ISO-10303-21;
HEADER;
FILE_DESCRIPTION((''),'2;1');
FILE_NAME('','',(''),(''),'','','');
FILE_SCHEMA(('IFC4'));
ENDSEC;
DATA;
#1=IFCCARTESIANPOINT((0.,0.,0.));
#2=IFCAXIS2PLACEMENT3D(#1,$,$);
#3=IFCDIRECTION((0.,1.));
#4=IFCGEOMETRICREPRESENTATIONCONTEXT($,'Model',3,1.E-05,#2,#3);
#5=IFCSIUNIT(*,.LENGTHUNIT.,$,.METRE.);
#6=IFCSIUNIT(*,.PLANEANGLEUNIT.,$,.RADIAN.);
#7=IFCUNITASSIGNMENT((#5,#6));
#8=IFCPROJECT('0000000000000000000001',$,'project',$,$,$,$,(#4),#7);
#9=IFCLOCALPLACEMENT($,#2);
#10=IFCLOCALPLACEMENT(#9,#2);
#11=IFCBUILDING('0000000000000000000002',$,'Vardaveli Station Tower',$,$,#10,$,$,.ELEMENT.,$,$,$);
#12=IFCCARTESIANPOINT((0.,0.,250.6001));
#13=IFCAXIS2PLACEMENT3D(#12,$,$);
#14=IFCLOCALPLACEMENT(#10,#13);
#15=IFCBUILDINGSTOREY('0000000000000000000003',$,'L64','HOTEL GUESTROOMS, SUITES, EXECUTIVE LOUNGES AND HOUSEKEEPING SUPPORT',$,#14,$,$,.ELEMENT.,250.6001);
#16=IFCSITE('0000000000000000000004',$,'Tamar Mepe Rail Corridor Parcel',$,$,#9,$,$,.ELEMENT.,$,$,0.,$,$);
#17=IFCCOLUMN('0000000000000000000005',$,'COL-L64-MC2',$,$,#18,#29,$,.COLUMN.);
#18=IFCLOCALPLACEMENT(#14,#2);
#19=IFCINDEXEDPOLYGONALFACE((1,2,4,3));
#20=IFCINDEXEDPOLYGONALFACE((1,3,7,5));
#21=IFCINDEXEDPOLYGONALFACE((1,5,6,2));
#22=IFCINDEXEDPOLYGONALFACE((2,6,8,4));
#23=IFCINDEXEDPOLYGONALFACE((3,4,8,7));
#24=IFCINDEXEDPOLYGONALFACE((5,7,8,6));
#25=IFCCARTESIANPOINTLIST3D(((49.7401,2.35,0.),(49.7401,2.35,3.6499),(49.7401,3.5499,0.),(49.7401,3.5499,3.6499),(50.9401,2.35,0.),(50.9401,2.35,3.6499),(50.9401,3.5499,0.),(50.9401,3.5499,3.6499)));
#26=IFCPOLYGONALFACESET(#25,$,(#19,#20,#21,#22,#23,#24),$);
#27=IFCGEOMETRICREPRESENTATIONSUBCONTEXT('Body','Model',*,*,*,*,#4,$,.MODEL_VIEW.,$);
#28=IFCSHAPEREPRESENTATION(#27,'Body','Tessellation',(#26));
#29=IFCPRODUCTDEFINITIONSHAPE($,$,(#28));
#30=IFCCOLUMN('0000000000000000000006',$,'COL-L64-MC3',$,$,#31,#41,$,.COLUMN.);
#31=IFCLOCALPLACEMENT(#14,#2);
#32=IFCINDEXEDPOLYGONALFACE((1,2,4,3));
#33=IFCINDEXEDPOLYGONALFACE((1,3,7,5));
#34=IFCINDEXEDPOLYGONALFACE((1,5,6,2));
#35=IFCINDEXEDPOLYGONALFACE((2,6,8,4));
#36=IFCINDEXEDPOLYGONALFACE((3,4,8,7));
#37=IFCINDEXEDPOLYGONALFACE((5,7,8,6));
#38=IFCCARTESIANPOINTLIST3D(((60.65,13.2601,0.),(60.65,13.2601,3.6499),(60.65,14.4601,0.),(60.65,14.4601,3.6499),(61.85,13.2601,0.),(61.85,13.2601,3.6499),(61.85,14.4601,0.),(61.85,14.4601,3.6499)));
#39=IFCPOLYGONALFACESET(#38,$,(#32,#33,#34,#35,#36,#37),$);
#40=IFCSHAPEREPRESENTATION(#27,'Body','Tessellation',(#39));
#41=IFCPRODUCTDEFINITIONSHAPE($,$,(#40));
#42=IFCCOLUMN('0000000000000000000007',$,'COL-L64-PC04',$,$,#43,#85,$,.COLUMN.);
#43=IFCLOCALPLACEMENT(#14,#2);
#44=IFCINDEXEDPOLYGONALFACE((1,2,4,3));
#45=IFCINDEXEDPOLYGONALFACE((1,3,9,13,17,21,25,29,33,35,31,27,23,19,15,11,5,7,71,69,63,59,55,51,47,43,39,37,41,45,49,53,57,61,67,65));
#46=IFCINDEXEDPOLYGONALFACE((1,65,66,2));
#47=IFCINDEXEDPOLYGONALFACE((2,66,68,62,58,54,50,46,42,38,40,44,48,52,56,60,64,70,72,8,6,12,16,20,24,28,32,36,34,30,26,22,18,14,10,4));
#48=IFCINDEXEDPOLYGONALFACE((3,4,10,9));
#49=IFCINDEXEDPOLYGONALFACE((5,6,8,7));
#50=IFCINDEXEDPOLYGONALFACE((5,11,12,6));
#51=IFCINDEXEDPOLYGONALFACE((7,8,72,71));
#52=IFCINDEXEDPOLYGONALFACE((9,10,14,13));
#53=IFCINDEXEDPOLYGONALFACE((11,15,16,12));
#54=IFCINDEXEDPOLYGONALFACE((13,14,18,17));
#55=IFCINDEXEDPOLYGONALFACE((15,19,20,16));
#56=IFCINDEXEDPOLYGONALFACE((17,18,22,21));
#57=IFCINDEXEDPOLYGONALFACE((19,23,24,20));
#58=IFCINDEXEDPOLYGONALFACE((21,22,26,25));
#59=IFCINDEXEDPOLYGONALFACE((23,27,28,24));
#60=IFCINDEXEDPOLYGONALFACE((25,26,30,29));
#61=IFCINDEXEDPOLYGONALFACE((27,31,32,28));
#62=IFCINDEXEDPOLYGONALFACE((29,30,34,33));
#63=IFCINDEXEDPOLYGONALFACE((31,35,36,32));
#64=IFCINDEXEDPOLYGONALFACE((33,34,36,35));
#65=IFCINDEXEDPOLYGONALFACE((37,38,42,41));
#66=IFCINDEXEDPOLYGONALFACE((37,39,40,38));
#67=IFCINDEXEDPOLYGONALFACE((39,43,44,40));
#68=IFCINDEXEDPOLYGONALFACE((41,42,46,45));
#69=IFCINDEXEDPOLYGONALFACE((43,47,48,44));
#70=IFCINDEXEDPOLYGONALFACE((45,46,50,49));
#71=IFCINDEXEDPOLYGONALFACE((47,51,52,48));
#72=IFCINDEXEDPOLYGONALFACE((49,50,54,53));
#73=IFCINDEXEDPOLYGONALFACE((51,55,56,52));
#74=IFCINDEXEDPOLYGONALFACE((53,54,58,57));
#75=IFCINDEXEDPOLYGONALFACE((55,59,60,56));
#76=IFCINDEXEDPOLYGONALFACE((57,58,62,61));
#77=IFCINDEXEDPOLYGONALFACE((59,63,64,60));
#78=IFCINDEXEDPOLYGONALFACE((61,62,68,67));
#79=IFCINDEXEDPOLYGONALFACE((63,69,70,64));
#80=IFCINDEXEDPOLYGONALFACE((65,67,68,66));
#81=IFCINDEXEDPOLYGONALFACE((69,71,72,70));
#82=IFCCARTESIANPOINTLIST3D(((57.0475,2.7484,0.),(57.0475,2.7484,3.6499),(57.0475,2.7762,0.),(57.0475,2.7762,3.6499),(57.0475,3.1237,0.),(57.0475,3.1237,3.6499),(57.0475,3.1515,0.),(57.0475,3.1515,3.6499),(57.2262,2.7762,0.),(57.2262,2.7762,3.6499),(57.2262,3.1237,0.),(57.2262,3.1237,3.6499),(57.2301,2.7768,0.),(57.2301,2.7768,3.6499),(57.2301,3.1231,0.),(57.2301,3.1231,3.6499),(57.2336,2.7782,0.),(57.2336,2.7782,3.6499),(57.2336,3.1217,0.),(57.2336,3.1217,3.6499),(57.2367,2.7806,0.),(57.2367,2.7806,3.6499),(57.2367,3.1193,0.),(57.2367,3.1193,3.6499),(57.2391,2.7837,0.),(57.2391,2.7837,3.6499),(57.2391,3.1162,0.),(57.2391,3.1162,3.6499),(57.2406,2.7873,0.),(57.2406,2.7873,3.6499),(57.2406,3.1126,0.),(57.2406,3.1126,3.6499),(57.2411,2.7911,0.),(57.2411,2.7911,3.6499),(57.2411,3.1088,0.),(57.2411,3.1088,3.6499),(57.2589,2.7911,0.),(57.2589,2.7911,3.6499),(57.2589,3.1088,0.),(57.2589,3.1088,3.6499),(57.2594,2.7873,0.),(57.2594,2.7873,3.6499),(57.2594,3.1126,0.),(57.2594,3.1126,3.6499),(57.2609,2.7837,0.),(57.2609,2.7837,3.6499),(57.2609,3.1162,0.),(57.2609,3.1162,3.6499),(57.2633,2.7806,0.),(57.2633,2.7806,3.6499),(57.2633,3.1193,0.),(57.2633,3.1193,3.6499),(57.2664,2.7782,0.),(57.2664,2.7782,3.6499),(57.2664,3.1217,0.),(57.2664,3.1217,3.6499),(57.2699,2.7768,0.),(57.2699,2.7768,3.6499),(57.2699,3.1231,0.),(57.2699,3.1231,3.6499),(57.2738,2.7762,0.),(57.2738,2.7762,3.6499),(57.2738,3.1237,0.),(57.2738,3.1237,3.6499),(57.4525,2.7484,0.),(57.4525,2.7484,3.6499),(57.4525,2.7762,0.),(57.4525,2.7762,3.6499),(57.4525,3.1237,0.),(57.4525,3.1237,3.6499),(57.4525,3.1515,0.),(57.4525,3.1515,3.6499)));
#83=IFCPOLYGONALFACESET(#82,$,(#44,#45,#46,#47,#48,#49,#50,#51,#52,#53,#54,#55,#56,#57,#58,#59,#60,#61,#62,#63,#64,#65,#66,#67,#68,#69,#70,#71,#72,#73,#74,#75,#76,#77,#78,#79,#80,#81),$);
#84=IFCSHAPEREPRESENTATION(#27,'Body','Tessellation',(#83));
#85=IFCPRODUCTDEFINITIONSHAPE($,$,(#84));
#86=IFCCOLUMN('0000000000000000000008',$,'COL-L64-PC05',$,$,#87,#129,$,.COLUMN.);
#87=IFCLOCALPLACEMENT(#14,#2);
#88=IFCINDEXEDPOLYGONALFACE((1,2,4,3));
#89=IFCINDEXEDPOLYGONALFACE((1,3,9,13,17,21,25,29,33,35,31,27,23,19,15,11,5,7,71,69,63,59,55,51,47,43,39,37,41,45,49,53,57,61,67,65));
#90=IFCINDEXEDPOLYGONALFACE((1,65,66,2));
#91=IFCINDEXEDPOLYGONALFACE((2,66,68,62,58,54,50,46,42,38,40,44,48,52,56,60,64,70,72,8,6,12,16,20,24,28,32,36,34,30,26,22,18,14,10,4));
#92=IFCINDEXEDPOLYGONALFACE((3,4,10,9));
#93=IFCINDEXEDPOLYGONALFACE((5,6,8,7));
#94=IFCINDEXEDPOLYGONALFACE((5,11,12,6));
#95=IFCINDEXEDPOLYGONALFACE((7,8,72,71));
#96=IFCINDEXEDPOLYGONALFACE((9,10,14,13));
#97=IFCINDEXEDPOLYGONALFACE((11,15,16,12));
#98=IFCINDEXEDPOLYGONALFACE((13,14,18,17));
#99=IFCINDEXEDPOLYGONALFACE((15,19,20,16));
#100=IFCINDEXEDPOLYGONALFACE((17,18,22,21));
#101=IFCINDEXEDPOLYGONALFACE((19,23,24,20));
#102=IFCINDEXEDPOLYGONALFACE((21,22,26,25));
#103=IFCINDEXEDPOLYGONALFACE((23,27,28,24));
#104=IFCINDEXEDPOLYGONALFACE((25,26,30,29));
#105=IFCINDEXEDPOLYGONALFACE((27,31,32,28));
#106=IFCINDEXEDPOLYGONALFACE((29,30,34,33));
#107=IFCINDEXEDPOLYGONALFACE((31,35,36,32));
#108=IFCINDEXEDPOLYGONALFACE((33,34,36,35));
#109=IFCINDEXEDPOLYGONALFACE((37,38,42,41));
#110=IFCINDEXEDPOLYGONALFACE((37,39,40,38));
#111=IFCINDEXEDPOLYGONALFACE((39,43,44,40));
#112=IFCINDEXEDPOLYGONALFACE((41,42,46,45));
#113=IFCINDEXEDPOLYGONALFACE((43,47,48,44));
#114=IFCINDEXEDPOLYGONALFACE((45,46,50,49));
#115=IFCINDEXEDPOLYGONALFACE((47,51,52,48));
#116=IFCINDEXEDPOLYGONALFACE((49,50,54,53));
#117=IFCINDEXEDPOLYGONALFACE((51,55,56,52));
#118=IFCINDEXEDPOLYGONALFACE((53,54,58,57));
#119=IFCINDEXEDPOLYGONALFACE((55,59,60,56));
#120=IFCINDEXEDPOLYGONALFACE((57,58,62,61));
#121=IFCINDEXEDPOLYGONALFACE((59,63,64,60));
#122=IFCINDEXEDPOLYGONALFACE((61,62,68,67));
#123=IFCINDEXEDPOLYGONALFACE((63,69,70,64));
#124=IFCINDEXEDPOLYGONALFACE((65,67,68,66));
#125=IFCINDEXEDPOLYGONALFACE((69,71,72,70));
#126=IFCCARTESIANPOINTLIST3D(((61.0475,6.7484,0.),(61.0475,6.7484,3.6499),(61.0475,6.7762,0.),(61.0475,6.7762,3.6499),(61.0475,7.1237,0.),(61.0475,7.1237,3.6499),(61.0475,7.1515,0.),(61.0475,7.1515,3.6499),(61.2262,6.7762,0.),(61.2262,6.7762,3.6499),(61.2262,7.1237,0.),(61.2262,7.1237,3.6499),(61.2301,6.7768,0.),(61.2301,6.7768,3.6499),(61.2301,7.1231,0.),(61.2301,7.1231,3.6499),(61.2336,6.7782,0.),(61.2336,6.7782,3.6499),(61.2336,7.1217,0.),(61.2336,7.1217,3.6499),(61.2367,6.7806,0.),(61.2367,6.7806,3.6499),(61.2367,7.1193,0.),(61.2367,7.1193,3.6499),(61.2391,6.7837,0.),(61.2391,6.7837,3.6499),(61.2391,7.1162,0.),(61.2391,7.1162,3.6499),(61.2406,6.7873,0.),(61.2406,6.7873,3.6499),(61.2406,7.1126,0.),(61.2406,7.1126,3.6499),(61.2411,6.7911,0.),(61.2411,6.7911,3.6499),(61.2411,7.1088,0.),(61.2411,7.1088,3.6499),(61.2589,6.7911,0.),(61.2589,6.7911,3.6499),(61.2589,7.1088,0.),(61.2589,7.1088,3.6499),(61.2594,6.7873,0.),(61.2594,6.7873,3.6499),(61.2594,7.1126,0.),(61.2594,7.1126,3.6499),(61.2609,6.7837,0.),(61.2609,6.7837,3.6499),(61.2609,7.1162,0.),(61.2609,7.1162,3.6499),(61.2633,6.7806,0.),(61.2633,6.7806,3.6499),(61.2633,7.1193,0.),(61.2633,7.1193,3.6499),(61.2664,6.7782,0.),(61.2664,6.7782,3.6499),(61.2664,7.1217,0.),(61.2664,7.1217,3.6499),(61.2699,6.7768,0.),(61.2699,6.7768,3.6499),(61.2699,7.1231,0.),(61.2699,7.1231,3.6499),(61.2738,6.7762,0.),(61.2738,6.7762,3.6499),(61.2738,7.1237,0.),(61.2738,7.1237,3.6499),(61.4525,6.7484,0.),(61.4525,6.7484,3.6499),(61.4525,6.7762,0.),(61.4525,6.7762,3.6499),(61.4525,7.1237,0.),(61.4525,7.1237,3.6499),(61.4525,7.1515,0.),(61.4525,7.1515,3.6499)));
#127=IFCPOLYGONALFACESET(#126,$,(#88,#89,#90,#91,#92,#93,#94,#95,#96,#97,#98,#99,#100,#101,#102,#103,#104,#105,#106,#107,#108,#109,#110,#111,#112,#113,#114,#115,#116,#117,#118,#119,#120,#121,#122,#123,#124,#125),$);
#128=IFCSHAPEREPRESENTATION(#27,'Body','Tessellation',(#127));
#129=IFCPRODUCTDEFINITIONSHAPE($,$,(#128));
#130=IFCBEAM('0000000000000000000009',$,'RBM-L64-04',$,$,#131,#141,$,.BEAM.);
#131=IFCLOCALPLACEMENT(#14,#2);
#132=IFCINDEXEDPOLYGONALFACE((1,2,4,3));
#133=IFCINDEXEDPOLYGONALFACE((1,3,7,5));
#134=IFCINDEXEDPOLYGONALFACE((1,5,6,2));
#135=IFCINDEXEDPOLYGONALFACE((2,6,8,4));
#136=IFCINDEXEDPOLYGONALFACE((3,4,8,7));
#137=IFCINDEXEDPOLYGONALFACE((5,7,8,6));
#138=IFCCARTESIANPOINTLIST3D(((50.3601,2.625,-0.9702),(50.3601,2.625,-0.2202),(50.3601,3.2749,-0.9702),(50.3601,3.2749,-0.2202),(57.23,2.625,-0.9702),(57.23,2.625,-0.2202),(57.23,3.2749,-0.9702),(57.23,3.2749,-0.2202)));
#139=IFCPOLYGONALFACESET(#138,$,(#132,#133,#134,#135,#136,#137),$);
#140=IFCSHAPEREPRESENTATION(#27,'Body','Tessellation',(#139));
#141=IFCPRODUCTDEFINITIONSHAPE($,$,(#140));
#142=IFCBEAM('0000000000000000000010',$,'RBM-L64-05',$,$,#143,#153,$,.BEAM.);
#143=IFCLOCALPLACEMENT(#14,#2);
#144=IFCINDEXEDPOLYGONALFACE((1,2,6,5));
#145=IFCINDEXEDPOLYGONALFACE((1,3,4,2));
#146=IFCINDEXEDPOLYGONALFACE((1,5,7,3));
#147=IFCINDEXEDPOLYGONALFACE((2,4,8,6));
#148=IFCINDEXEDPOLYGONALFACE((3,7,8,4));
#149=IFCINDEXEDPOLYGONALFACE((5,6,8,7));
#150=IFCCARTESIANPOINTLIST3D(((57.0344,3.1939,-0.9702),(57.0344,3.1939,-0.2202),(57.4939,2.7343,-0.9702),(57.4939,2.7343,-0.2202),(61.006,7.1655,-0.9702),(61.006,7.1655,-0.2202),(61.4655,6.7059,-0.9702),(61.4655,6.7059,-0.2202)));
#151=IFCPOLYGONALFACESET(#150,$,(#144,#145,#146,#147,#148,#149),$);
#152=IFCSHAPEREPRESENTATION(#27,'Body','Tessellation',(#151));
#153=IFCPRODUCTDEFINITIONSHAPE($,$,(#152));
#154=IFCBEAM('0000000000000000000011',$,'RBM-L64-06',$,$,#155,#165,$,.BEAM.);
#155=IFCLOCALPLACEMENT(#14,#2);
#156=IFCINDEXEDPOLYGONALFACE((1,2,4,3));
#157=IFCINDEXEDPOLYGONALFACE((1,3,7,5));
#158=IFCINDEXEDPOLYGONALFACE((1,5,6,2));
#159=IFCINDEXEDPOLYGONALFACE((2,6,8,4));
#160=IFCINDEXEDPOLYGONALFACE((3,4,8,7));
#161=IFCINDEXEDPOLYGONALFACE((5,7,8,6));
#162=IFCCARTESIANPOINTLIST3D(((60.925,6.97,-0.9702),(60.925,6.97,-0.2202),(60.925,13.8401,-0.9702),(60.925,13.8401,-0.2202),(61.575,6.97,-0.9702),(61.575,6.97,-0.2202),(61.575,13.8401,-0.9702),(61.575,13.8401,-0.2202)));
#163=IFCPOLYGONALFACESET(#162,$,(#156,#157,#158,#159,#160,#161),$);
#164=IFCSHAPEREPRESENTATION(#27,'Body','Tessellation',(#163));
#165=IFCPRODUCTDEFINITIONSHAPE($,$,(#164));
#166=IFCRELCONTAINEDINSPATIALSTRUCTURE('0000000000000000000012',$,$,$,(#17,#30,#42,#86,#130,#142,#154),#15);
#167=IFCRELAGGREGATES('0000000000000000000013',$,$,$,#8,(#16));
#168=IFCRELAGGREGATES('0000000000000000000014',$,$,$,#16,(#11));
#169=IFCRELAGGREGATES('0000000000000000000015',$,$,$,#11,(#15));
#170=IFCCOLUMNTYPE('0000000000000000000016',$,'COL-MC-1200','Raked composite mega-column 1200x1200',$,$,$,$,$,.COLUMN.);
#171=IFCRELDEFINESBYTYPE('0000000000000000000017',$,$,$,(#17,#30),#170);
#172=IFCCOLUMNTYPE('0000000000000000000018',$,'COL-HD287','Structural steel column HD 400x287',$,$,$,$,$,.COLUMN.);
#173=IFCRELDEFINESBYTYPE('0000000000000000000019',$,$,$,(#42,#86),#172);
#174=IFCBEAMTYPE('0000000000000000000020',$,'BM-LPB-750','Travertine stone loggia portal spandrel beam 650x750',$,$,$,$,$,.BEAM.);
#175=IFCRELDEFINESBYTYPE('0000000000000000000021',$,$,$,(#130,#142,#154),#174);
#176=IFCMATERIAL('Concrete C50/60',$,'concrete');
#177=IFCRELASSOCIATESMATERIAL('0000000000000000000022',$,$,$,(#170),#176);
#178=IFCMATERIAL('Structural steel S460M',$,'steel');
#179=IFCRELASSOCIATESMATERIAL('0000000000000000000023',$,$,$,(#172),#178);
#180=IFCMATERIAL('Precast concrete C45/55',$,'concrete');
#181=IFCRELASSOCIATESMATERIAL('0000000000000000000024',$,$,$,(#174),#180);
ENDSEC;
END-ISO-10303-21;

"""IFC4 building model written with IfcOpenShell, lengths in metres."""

from ifc_helpers import new_model, si_unit, direction, frame, origin, origin_2d, place, context, subcontext, project, spatial, rectangle, i_section, extrude, source, transform, mapped, material, material_profile, profile_set, type_object, element, save


model = new_model("IFC4")

# Units and contexts
model_context = context("Model", 3, precision=1e-05, world=origin(), true_north=direction((0.0, 1.0)))
body_context = subcontext(model_context, "Body", "Model", "MODEL_VIEW")
ifc_project = project(units=[si_unit("LENGTHUNIT", "METRE"), si_unit("PLANEANGLEUNIT", "RADIAN")], contexts=[model_context])

# Site, building, storey
site_placement = place(None, origin())
site = spatial("IfcSite", under=ifc_project, at=site_placement, Name="Tamar Mepe Rail Corridor Parcel", CompositionType="ELEMENT", RefElevation=0.0)
building_placement = place(site_placement, origin())
building = spatial("IfcBuilding", under=site, at=building_placement, Name="Vardaveli Station Tower", CompositionType="ELEMENT")
storey_placement = place(building_placement, frame((0.0, 0.0, 250.6001)))
storey = spatial("IfcBuildingStorey", under=building, at=storey_placement, Name="L64", Description="HOTEL GUESTROOMS, SUITES, EXECUTIVE LOUNGES AND HOUSEKEEPING SUPPORT", CompositionType="ELEMENT", Elevation=250.6001)

# Columns
ifc_material_1 = material(Name="Concrete C50/60", Category="concrete")
ifc_material_profile_1 = material_profile(ifc_material_1, rectangle(XDim=1.2, YDim=1.2, at=origin_2d()), Name="MC 1200x1200")
ifc_profile_set_1 = profile_set([ifc_material_profile_1], Name="Concrete C50/60")
column_type_1 = type_object("IfcColumnType", Name="COL-MC-1200", Description="Raked composite mega-column 1200x1200", PredefinedType="COLUMN", material=ifc_profile_set_1)
shared_shape_1 = source(origin(), body_context, "Body", "SweptSolid", [
    extrude(rectangle(XDim=1.2, YDim=1.2, at=origin_2d()), origin(), (0.0, 0.0, 1.0), 3.6499),
])
for number, where, z_axis, x_axis, name in (
    (1, (50.3401, 2.95, 0.0), (0.0, 0.0, 1.0), (1.0, 0.0, 0.0), "COL-L64-MC2"),
    (2, (61.25, 13.8601, 0.0), (0.0, 0.0, 1.0), (1.0, 0.0, 0.0), "COL-L64-MC3"),
):
    element("IfcColumn", number, at=place(storey_placement, frame(where, z_axis=z_axis, x_axis=x_axis)), inside=storey, type_object=column_type_1, Name=name, PredefinedType="COLUMN", context=body_context, shape_type="MappedRepresentation", body=[
        mapped(shared_shape_1, transform((0.0, 0.0, 0.0), scale=1.0)),
    ])
ifc_material_2 = material(Name="Structural steel S460M", Category="steel")
ifc_material_profile_2 = material_profile(ifc_material_2, i_section(OverallWidth=0.405, OverallDepth=0.4031, WebThickness=0.0178, FlangeThickness=0.0278, FilletRadius=0.0149, at=origin_2d()), Name="HD 400x287")
ifc_profile_set_2 = profile_set([ifc_material_profile_2], Name="Structural steel S460M")
column_type_2 = type_object("IfcColumnType", Name="COL-HD287", Description="Structural steel column HD 400x287", PredefinedType="COLUMN", material=ifc_profile_set_2)
shared_shape_2 = source(origin(), body_context, "Body", "SweptSolid", [
    extrude(i_section(OverallWidth=0.405, OverallDepth=0.4031, WebThickness=0.0178, FlangeThickness=0.0278, FilletRadius=0.0149, at=origin_2d()), origin(), (0.0, 0.0, 1.0), 3.6499),
])
for number, where, z_axis, x_axis, name in (
    (3, (57.25, 2.95, 0.0), (0.0, 0.0, 1.0), (1.0, 0.0, 0.0), "COL-L64-PC04"),
    (4, (61.25, 6.95, 0.0), (0.0, 0.0, 1.0), (1.0, 0.0, 0.0), "COL-L64-PC05"),
):
    element("IfcColumn", number, at=place(storey_placement, frame(where, z_axis=z_axis, x_axis=x_axis)), inside=storey, type_object=column_type_2, Name=name, PredefinedType="COLUMN", context=body_context, shape_type="MappedRepresentation", body=[
        mapped(shared_shape_2, transform((0.0, 0.0, 0.0), scale=1.0)),
    ])

# Beams
ifc_material_3 = material(Name="Precast concrete C45/55", Category="concrete")
ifc_material_profile_3 = material_profile(ifc_material_3, rectangle(XDim=0.6499, YDim=0.75, at=origin_2d()), Name="LPB 650x750")
ifc_profile_set_3 = profile_set([ifc_material_profile_3], Name="Precast concrete C45/55")
beam_type_1 = type_object("IfcBeamType", Name="BM-LPB-750", Description="Travertine stone loggia portal spandrel beam 650x750", PredefinedType="BEAM", material=ifc_profile_set_3)
shared_shape_3 = source(origin(), body_context, "Body", "SweptSolid", [
    extrude(rectangle(XDim=0.6499, YDim=0.75, at=origin_2d()), origin(), (0.0, 0.0, 1.0), 6.8699),
])
beam_1_placement = place(storey_placement, frame((50.3601, 2.95, -0.5952), z_axis=(1.0, 0.0, 0.0), x_axis=(0.0, 1.0, 0.0)))
element("IfcBeam", 5, at=beam_1_placement, inside=storey, type_object=beam_type_1, Name="RBM-L64-04", PredefinedType="BEAM", context=body_context, shape_type="MappedRepresentation", body=[
    mapped(shared_shape_3, transform((0.0, 0.0, 0.0), scale=1.0)),
])
shared_shape_4 = source(origin(), body_context, "Body", "SweptSolid", [
    extrude(rectangle(XDim=0.6499, YDim=0.75, at=origin_2d()), origin(), (0.0, 0.0, 1.0), 5.6167),
])
beam_2_placement = place(storey_placement, frame((57.2642, 2.9641, -0.5952), z_axis=(0.707107, 0.707107, 0.0), x_axis=(-0.707107, 0.707107, 0.0)))
element("IfcBeam", 6, at=beam_2_placement, inside=storey, type_object=beam_type_1, Name="RBM-L64-05", PredefinedType="BEAM", context=body_context, shape_type="MappedRepresentation", body=[
    mapped(shared_shape_4, transform((0.0, 0.0, 0.0), scale=1.0)),
])
shared_shape_5 = source(origin(), body_context, "Body", "SweptSolid", [
    extrude(rectangle(XDim=0.6499, YDim=0.75, at=origin_2d()), origin(), (0.0, 0.0, 1.0), 6.8701),
])
beam_3_placement = place(storey_placement, frame((61.25, 6.97, -0.5952), z_axis=(0.0, 1.0, 0.0), x_axis=(-1.0, 0.0, 0.0)))
element("IfcBeam", 7, at=beam_3_placement, inside=storey, type_object=beam_type_1, Name="RBM-L64-06", PredefinedType="BEAM", context=body_context, shape_type="MappedRepresentation", body=[
    mapped(shared_shape_5, transform((0.0, 0.0, 0.0), scale=1.0)),
])

save(model, "model.ifc")
